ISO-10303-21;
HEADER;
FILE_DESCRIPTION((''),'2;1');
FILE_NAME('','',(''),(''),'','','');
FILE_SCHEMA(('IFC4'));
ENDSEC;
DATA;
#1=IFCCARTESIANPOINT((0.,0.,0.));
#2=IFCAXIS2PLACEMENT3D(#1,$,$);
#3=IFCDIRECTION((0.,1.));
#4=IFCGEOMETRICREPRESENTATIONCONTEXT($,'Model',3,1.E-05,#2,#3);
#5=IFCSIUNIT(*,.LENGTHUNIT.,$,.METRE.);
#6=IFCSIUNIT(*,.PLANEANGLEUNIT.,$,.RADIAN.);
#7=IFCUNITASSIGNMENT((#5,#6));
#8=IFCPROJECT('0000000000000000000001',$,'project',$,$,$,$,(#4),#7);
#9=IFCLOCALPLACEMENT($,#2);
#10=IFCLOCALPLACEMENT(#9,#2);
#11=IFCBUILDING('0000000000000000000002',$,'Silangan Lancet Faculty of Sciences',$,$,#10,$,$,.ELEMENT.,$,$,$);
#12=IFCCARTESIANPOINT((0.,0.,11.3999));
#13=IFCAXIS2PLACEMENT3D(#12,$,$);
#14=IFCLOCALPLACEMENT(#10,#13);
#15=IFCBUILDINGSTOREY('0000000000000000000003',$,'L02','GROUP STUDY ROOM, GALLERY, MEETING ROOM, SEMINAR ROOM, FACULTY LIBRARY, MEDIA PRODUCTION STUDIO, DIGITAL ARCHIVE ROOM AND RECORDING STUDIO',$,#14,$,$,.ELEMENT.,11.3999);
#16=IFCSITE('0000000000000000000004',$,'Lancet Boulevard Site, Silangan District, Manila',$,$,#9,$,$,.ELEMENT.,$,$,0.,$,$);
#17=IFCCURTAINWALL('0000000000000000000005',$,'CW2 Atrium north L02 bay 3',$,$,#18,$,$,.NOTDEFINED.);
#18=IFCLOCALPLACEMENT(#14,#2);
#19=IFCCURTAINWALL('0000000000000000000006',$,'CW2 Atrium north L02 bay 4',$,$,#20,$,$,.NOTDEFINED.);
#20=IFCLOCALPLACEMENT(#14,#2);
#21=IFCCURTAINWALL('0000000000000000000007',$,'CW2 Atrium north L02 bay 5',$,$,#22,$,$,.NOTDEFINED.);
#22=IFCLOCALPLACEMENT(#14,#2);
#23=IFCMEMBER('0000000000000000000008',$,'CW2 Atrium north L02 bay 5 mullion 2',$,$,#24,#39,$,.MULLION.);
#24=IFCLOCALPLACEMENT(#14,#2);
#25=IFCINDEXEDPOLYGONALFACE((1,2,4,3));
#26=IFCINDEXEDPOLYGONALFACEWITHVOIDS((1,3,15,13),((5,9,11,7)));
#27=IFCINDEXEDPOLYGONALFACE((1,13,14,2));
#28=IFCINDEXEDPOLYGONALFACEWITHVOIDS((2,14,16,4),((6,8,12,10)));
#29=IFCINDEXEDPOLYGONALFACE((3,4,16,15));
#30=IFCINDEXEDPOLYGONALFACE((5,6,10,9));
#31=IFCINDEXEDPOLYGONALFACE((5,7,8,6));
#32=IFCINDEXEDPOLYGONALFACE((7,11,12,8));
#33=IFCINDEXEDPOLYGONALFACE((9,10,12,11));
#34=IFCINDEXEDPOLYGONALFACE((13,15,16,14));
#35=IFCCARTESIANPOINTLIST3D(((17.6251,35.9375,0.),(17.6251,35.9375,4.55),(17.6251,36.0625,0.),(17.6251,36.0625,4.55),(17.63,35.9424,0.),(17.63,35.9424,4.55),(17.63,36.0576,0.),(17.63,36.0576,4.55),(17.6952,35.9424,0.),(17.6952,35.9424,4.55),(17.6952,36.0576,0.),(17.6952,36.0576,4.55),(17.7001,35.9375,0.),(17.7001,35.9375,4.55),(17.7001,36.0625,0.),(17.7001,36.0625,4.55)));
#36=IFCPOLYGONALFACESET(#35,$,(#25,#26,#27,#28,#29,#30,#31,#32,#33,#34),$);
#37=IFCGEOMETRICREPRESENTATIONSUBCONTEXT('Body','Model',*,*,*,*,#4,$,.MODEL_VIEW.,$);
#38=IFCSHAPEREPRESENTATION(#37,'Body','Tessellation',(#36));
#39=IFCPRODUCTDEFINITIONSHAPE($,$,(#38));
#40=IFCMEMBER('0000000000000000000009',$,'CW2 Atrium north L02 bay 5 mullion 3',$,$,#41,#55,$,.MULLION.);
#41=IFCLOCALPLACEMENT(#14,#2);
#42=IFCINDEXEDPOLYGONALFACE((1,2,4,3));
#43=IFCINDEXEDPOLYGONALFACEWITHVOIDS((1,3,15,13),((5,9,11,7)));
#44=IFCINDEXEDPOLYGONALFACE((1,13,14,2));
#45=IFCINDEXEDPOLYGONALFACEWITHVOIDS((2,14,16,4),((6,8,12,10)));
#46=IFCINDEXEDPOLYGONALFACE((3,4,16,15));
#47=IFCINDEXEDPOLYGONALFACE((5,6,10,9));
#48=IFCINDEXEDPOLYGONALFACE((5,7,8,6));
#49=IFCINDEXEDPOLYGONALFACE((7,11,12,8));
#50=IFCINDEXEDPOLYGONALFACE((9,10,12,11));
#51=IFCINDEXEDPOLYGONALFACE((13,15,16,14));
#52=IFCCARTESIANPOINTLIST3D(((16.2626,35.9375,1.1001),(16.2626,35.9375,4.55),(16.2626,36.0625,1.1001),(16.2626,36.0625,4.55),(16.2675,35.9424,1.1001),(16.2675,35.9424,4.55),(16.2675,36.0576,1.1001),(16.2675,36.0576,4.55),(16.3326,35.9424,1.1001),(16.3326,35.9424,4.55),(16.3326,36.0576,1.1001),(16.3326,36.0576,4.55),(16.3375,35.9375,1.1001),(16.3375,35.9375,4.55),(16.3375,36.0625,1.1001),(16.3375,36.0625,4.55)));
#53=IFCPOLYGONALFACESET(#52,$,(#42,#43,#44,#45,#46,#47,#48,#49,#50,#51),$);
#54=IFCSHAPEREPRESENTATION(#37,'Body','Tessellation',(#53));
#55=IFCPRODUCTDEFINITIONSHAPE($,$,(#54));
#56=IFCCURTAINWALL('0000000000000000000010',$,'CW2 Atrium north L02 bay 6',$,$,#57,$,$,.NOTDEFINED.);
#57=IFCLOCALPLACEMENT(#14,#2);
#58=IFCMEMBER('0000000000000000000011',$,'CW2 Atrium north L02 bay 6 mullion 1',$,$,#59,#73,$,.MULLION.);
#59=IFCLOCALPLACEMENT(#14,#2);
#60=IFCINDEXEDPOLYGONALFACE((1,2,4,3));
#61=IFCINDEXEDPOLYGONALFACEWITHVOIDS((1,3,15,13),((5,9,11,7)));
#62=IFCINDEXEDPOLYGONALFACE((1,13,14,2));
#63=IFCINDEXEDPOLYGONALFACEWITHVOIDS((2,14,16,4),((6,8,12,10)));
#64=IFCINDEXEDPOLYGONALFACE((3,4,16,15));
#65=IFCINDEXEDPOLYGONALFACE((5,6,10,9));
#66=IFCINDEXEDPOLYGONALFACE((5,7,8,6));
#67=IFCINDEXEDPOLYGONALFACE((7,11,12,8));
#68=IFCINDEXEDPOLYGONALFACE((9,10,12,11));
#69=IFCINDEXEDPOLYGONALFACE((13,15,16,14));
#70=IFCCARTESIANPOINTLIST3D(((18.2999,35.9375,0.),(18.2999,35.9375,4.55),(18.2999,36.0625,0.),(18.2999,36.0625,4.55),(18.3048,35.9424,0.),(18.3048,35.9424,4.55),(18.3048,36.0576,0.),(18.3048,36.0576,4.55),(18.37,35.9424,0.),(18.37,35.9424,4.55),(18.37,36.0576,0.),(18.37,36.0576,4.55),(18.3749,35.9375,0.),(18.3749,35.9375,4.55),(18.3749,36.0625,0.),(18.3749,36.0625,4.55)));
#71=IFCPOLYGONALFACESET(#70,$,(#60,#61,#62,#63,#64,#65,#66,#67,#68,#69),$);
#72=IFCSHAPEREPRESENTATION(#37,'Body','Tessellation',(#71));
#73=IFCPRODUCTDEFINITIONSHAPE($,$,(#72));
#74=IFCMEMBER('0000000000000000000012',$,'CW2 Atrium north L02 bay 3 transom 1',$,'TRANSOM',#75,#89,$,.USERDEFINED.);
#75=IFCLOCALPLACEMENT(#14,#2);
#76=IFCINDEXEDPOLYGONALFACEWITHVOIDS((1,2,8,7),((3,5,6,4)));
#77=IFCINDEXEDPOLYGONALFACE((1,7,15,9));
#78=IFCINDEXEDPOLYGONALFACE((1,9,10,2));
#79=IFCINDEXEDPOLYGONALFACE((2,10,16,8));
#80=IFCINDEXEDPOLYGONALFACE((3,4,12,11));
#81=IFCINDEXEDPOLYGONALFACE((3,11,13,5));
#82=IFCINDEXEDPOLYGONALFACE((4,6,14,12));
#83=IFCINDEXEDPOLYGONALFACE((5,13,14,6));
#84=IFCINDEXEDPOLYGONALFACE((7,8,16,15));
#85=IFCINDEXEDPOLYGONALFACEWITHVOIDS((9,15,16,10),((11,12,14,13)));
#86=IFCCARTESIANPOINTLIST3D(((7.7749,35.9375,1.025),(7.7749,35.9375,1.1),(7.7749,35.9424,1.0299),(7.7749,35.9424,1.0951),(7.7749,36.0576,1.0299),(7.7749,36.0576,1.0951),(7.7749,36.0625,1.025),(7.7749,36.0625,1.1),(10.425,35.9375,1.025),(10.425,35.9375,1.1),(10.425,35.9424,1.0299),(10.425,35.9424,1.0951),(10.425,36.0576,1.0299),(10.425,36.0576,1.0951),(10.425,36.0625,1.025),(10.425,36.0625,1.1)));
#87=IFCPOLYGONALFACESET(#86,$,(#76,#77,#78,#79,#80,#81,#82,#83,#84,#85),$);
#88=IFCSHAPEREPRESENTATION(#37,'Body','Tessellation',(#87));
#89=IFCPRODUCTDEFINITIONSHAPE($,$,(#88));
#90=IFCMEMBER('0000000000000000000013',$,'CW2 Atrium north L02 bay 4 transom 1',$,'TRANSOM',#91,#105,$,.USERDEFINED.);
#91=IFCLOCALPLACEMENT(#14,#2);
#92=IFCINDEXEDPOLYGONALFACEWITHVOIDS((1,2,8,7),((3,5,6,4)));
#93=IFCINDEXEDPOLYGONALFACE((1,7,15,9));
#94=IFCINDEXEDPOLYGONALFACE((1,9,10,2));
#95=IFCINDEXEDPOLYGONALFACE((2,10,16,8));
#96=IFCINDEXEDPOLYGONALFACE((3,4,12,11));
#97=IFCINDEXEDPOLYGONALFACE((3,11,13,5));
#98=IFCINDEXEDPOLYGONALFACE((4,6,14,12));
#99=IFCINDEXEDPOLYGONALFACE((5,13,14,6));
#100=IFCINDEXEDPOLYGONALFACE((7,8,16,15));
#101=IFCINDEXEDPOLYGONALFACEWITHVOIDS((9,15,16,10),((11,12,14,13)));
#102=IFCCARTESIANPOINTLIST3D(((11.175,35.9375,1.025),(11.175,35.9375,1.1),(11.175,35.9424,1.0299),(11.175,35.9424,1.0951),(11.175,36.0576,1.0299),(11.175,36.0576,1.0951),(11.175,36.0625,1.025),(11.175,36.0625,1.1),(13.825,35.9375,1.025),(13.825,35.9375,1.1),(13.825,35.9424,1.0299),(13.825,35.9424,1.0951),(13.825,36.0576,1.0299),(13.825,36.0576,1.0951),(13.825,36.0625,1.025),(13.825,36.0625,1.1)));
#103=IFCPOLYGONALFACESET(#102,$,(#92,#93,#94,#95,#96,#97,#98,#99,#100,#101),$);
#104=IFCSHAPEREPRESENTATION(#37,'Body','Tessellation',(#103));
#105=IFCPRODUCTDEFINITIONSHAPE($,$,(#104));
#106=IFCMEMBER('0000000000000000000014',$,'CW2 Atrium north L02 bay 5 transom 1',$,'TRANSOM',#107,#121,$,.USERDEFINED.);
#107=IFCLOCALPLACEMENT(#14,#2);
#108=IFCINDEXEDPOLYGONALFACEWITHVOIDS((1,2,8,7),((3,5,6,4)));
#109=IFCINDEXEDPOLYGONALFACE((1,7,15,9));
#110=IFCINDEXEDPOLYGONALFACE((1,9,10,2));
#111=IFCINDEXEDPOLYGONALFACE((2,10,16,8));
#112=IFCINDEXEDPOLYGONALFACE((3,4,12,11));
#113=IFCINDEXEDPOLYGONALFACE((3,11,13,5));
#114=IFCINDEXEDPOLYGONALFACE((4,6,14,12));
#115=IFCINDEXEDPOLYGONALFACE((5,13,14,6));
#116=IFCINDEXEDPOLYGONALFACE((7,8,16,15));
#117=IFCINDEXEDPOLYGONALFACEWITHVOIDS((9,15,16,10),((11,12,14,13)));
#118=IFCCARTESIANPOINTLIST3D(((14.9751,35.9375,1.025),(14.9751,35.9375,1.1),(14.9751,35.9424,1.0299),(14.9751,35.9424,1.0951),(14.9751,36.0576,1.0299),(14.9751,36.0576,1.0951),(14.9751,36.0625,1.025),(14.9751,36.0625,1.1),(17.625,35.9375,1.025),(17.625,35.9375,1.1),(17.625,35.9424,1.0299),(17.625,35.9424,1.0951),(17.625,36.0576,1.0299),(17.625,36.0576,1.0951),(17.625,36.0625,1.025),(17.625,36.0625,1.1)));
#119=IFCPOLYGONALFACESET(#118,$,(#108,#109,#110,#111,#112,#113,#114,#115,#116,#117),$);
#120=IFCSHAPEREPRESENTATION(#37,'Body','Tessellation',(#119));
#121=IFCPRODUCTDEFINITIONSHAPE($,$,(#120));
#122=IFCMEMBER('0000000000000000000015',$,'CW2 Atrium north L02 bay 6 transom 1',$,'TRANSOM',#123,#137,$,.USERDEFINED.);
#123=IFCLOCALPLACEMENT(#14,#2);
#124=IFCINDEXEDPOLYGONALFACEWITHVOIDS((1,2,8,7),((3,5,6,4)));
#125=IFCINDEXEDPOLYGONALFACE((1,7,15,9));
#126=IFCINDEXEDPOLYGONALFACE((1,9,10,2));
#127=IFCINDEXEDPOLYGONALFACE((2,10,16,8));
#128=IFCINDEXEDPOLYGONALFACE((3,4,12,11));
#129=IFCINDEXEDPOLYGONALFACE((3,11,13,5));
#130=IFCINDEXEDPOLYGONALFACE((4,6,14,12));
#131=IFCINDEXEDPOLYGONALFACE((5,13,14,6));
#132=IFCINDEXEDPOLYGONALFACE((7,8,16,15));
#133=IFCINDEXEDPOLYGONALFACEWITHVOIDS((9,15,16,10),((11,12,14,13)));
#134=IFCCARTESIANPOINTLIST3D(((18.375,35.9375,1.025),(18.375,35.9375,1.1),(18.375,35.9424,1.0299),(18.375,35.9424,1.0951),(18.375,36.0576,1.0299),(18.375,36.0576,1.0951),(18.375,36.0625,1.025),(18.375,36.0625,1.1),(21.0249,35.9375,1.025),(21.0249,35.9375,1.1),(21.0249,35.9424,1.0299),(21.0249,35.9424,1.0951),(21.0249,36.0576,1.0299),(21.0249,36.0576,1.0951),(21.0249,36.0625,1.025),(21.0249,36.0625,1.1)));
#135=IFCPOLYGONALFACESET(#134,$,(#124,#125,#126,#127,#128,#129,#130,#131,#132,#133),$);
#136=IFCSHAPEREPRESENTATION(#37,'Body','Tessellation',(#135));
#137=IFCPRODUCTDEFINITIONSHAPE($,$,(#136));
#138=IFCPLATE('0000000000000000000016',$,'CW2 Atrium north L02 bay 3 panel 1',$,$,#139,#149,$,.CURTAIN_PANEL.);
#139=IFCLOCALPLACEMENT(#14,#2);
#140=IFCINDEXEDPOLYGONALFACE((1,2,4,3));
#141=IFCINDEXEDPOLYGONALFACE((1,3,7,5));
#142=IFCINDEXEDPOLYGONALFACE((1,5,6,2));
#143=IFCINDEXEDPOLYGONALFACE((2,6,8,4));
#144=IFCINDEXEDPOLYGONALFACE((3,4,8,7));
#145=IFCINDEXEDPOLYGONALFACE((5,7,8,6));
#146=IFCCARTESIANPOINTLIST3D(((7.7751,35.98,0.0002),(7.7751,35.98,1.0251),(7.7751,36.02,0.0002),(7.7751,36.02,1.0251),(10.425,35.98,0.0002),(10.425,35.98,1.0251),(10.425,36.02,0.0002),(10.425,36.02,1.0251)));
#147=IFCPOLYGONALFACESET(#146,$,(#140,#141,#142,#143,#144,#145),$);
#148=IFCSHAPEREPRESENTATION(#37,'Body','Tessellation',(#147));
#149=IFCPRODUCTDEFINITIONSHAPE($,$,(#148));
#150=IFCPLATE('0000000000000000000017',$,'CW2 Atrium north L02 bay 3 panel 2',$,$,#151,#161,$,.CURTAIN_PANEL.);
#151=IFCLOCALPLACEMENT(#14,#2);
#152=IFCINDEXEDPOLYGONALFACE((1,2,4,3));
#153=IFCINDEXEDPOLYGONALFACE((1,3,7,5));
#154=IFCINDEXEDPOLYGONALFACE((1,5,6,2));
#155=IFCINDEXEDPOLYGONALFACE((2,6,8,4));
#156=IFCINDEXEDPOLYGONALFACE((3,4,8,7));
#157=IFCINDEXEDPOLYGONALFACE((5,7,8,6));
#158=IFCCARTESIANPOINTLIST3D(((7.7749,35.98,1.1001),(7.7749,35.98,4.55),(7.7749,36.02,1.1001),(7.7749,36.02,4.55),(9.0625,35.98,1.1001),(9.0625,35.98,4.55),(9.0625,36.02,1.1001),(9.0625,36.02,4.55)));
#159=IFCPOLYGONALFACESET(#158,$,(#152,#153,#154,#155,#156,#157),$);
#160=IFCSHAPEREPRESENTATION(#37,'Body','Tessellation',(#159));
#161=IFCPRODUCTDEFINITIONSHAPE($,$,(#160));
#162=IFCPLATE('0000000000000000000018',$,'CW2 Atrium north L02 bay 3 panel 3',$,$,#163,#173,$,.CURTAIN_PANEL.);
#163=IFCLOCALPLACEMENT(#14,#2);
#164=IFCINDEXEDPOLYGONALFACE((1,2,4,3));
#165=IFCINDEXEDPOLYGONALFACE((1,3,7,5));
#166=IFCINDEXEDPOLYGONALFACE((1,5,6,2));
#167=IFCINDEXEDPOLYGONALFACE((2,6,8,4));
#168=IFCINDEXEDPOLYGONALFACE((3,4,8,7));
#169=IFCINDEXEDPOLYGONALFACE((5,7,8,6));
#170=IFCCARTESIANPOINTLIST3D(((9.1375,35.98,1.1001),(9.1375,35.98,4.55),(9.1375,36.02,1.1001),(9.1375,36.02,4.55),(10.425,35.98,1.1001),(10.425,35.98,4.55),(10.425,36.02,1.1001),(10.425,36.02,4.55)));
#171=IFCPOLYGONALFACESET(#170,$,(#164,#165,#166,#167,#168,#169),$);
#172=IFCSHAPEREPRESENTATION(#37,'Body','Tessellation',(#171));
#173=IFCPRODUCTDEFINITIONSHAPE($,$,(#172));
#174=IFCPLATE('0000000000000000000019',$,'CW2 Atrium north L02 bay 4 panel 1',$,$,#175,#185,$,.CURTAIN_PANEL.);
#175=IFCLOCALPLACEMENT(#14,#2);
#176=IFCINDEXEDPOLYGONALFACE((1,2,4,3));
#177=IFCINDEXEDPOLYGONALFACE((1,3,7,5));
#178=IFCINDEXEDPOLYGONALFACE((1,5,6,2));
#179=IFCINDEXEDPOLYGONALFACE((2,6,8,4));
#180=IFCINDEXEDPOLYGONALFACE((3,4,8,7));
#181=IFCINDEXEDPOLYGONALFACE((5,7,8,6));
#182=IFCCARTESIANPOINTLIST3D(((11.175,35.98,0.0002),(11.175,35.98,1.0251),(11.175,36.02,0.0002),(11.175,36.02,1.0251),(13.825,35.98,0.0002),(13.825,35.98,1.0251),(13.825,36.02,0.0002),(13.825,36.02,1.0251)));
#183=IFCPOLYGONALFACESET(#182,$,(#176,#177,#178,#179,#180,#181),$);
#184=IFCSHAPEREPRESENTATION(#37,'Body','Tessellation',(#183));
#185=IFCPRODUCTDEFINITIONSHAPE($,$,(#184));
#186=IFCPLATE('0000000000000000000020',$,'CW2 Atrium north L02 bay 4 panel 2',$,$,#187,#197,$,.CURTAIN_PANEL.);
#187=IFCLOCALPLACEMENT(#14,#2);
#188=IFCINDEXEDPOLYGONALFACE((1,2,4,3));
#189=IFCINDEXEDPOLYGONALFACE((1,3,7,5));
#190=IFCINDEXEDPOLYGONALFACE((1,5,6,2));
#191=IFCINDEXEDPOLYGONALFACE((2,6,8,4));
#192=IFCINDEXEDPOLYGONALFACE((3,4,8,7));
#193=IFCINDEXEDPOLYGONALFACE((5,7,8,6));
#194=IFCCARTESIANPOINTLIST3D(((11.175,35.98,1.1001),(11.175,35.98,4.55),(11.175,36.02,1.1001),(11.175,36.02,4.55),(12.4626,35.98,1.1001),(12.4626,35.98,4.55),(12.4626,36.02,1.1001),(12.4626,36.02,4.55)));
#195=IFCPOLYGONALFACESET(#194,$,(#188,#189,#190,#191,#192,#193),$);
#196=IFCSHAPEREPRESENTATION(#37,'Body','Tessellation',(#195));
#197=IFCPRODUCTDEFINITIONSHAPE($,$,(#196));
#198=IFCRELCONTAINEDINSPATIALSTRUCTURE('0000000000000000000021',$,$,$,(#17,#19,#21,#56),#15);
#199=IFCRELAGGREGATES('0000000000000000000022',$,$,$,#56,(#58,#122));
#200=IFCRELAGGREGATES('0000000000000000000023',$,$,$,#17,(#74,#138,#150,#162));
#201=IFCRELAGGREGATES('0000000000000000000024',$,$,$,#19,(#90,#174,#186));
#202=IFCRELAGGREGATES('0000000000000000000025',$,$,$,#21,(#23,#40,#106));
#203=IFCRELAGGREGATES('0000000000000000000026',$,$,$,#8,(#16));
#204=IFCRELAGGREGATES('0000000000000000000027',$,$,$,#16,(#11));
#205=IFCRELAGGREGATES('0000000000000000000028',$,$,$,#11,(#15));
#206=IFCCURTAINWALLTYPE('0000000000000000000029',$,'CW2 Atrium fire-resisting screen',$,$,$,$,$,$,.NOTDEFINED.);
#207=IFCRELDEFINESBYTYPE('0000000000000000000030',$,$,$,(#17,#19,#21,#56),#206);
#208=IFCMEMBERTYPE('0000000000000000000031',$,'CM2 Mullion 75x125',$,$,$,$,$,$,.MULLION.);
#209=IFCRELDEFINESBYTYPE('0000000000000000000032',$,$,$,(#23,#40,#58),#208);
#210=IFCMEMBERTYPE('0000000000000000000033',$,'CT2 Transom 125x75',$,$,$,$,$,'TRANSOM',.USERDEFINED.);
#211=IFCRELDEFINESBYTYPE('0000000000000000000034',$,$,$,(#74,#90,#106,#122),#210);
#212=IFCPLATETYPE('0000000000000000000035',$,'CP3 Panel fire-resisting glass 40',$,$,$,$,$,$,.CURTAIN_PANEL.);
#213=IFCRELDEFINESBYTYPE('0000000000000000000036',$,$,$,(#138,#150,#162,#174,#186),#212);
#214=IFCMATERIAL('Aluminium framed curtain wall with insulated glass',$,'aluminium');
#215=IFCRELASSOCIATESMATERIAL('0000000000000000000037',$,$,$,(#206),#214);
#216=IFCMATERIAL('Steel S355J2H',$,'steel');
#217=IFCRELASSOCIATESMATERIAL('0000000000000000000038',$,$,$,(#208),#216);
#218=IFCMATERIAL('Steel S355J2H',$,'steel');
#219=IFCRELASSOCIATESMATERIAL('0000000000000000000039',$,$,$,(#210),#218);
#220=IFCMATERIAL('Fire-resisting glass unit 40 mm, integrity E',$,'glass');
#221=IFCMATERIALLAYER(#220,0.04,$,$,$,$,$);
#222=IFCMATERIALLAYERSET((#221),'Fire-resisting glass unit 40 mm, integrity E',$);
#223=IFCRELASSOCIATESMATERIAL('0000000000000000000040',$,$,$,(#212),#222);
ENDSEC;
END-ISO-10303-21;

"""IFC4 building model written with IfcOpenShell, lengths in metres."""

from ifc_helpers import new_model, si_unit, direction, frame, origin, origin_2d, place, context, subcontext, project, spatial, rectangle, hollow_rectangle, extrude, material, layer, layer_set, material_profile, profile_set, type_object, element, aggregate, save


model = new_model("IFC4")

# Units and contexts
model_context = context("Model", 3, precision=1e-05, world=origin(), true_north=direction((0.0, 1.0)))
body_context = subcontext(model_context, "Body", "Model", "MODEL_VIEW")
ifc_project = project(units=[si_unit("LENGTHUNIT", "METRE"), si_unit("PLANEANGLEUNIT", "RADIAN")], contexts=[model_context])

# Site, building, storey
site_placement = place(None, origin())
site = spatial("IfcSite", under=ifc_project, at=site_placement, Name="Lancet Boulevard Site, Silangan District, Manila", CompositionType="ELEMENT", RefElevation=0.0)
building_placement = place(site_placement, origin())
building = spatial("IfcBuilding", under=site, at=building_placement, Name="Silangan Lancet Faculty of Sciences", CompositionType="ELEMENT")
storey_placement = place(building_placement, frame((0.0, 0.0, 11.3999)))
storey = spatial("IfcBuildingStorey", under=building, at=storey_placement, Name="L02", Description="GROUP STUDY ROOM, GALLERY, MEETING ROOM, SEMINAR ROOM, FACULTY LIBRARY, MEDIA PRODUCTION STUDIO, DIGITAL ARCHIVE ROOM AND RECORDING STUDIO", CompositionType="ELEMENT", Elevation=11.3999)

# Curtain walls, members
ifc_material_1 = material(Name="Aluminium framed curtain wall with insulated glass", Category="aluminium")
curtain_wall_type = type_object("IfcCurtainWallType", Name="CW2 Atrium fire-resisting screen", PredefinedType="NOTDEFINED", material=ifc_material_1)
curtain_wall_1_placement = place(storey_placement, origin())
curtain_wall_1 = element("IfcCurtainWall", 1, at=curtain_wall_1_placement, inside=storey, type_object=curtain_wall_type, Name="CW2 Atrium north L02 bay 3", PredefinedType="NOTDEFINED")
ifc_material_2 = material(Name="Steel S355J2H", Category="steel")
ifc_material_profile_1 = material_profile(ifc_material_2, hollow_rectangle(XDim=0.075, YDim=0.125, WallThickness=0.0049, at=origin_2d()), Name="ST BOX 75x125x5")
ifc_profile_set_1 = profile_set([ifc_material_profile_1], Name="Steel S355J2H")
member_type_1 = type_object("IfcMemberType", Name="CM2 Mullion 75x125", PredefinedType="MULLION", material=ifc_profile_set_1)
curtain_wall_2_placement = place(storey_placement, origin())
curtain_wall_2 = element("IfcCurtainWall", 2, at=curtain_wall_2_placement, inside=storey, type_object=curtain_wall_type, Name="CW2 Atrium north L02 bay 4", PredefinedType="NOTDEFINED")
curtain_wall_3_placement = place(storey_placement, origin())
curtain_wall_3 = element("IfcCurtainWall", 3, at=curtain_wall_3_placement, inside=storey, type_object=curtain_wall_type, Name="CW2 Atrium north L02 bay 5", PredefinedType="NOTDEFINED")
member_1_placement = place(storey_placement, frame((17.6626, 36.0, 0.0), z_axis=(0.0, 0.0, 1.0), x_axis=(1.0, 0.0, 0.0)))
member_1 = element("IfcMember", 4, at=member_1_placement, type_object=member_type_1, Name="CW2 Atrium north L02 bay 5 mullion 2", PredefinedType="MULLION", context=body_context, shape_type="SweptSolid", body=[
    extrude(hollow_rectangle(XDim=0.075, YDim=0.125, WallThickness=0.0049, at=origin_2d()), origin(), (0.0, 0.0, 1.0), 4.55),
])
member_2_placement = place(storey_placement, frame((16.3, 36.0, 1.1001), z_axis=(0.0, 0.0, 1.0), x_axis=(1.0, 0.0, 0.0)))
member_2 = element("IfcMember", 5, at=member_2_placement, type_object=member_type_1, Name="CW2 Atrium north L02 bay 5 mullion 3", PredefinedType="MULLION", context=body_context, shape_type="SweptSolid", body=[
    extrude(hollow_rectangle(XDim=0.075, YDim=0.125, WallThickness=0.0049, at=origin_2d()), origin(), (0.0, 0.0, 1.0), 3.45),
])

# Curtain wall, member
curtain_wall_4_placement = place(storey_placement, origin())
curtain_wall_4 = element("IfcCurtainWall", 6, at=curtain_wall_4_placement, inside=storey, type_object=curtain_wall_type, Name="CW2 Atrium north L02 bay 6", PredefinedType="NOTDEFINED")
member_3_placement = place(storey_placement, frame((18.3374, 36.0, 0.0), z_axis=(0.0, 0.0, 1.0), x_axis=(1.0, 0.0, 0.0)))
member_3 = element("IfcMember", 7, at=member_3_placement, type_object=member_type_1, Name="CW2 Atrium north L02 bay 6 mullion 1", PredefinedType="MULLION", context=body_context, shape_type="SweptSolid", body=[
    extrude(hollow_rectangle(XDim=0.075, YDim=0.125, WallThickness=0.0049, at=origin_2d()), origin(), (0.0, 0.0, 1.0), 4.55),
])

# Members
ifc_material_3 = material(Name="Steel S355J2H", Category="steel")
ifc_material_profile_2 = material_profile(ifc_material_3, hollow_rectangle(XDim=0.125, YDim=0.075, WallThickness=0.0049, at=origin_2d()), Name="ST BOX 125x75x5")
ifc_profile_set_2 = profile_set([ifc_material_profile_2], Name="Steel S355J2H")
member_type_2 = type_object("IfcMemberType", Name="CT2 Transom 125x75", ElementType="TRANSOM", PredefinedType="USERDEFINED", material=ifc_profile_set_2)
member_4_placement = place(storey_placement, frame((7.7749, 36.0, 1.0625), z_axis=(1.0, 0.0, 0.0), x_axis=(0.0, 1.0, 0.0)))
member_4 = element("IfcMember", 8, at=member_4_placement, type_object=member_type_2, Name="CW2 Atrium north L02 bay 3 transom 1", ObjectType="TRANSOM", PredefinedType="USERDEFINED", context=body_context, shape_type="SweptSolid", body=[
    extrude(hollow_rectangle(XDim=0.125, YDim=0.075, WallThickness=0.0049, at=origin_2d()), origin(), (0.0, 0.0, 1.0), 2.6501),
])
member_5_placement = place(storey_placement, frame((11.175, 36.0, 1.0625), z_axis=(1.0, 0.0, 0.0), x_axis=(0.0, 1.0, 0.0)))
member_5 = element("IfcMember", 9, at=member_5_placement, type_object=member_type_2, Name="CW2 Atrium north L02 bay 4 transom 1", ObjectType="TRANSOM", PredefinedType="USERDEFINED", context=body_context, shape_type="SweptSolid", body=[
    extrude(hollow_rectangle(XDim=0.125, YDim=0.075, WallThickness=0.0049, at=origin_2d()), origin(), (0.0, 0.0, 1.0), 2.6499),
])
member_6_placement = place(storey_placement, frame((14.9751, 36.0, 1.0625), z_axis=(1.0, 0.0, 0.0), x_axis=(0.0, 1.0, 0.0)))
member_6 = element("IfcMember", 10, at=member_6_placement, type_object=member_type_2, Name="CW2 Atrium north L02 bay 5 transom 1", ObjectType="TRANSOM", PredefinedType="USERDEFINED", context=body_context, shape_type="SweptSolid", body=[
    extrude(hollow_rectangle(XDim=0.125, YDim=0.075, WallThickness=0.0049, at=origin_2d()), origin(), (0.0, 0.0, 1.0), 2.6499),
])
member_7_placement = place(storey_placement, frame((18.375, 36.0, 1.0625), z_axis=(1.0, 0.0, 0.0), x_axis=(0.0, 1.0, 0.0)))
member_7 = element("IfcMember", 11, at=member_7_placement, type_object=member_type_2, Name="CW2 Atrium north L02 bay 6 transom 1", ObjectType="TRANSOM", PredefinedType="USERDEFINED", context=body_context, shape_type="SweptSolid", body=[
    extrude(hollow_rectangle(XDim=0.125, YDim=0.075, WallThickness=0.0049, at=origin_2d()), origin(), (0.0, 0.0, 1.0), 2.6499),
])
aggregate(curtain_wall_4, [member_3, member_7])

# Plates
ifc_material_4 = material(Name="Fire-resisting glass unit 40 mm, integrity E", Category="glass")
ifc_layer_1 = layer(ifc_material_4, 0.04)
ifc_layer_set_1 = layer_set([ifc_layer_1], Name="Fire-resisting glass unit 40 mm, integrity E")
plate_type = type_object("IfcPlateType", Name="CP3 Panel fire-resisting glass 40", PredefinedType="CURTAIN_PANEL", material=ifc_layer_set_1)
plate_1_placement = place(storey_placement, frame((9.1001, 36.0, 0.0002), z_axis=(0.0, 0.0, 1.0), x_axis=(1.0, 0.0, 0.0)))
plate_1 = element("IfcPlate", 12, at=plate_1_placement, type_object=plate_type, Name="CW2 Atrium north L02 bay 3 panel 1", PredefinedType="CURTAIN_PANEL", context=body_context, shape_type="SweptSolid", body=[
    extrude(rectangle(XDim=2.6499, YDim=0.04, at=origin_2d()), origin(), (0.0, 0.0, 1.0), 1.0249),
])
plate_2_placement = place(storey_placement, frame((8.4187, 36.0, 1.1001), z_axis=(0.0, 0.0, 1.0), x_axis=(1.0, 0.0, 0.0)))
plate_2 = element("IfcPlate", 13, at=plate_2_placement, type_object=plate_type, Name="CW2 Atrium north L02 bay 3 panel 2", PredefinedType="CURTAIN_PANEL", context=body_context, shape_type="SweptSolid", body=[
    extrude(rectangle(XDim=1.2876, YDim=0.04, at=origin_2d()), origin(), (0.0, 0.0, 1.0), 3.45),
])
plate_3_placement = place(storey_placement, frame((9.7812, 36.0, 1.1001), z_axis=(0.0, 0.0, 1.0), x_axis=(1.0, 0.0, 0.0)))
plate_3 = element("IfcPlate", 14, at=plate_3_placement, type_object=plate_type, Name="CW2 Atrium north L02 bay 3 panel 3", PredefinedType="CURTAIN_PANEL", context=body_context, shape_type="SweptSolid", body=[
    extrude(rectangle(XDim=1.2876, YDim=0.04, at=origin_2d()), origin(), (0.0, 0.0, 1.0), 3.45),
])
aggregate(curtain_wall_1, [member_4, plate_1, plate_2, plate_3])
plate_4_placement = place(storey_placement, frame((12.5, 36.0, 0.0002), z_axis=(0.0, 0.0, 1.0), x_axis=(1.0, 0.0, 0.0)))
plate_4 = element("IfcPlate", 15, at=plate_4_placement, type_object=plate_type, Name="CW2 Atrium north L02 bay 4 panel 1", PredefinedType="CURTAIN_PANEL", context=body_context, shape_type="SweptSolid", body=[
    extrude(rectangle(XDim=2.6499, YDim=0.04, at=origin_2d()), origin(), (0.0, 0.0, 1.0), 1.0249),
])
plate_5_placement = place(storey_placement, frame((11.8188, 36.0, 1.1001), z_axis=(0.0, 0.0, 1.0), x_axis=(1.0, 0.0, 0.0)))
plate_5 = element("IfcPlate", 16, at=plate_5_placement, type_object=plate_type, Name="CW2 Atrium north L02 bay 4 panel 2", PredefinedType="CURTAIN_PANEL", context=body_context, shape_type="SweptSolid", body=[
    extrude(rectangle(XDim=1.2876, YDim=0.04, at=origin_2d()), origin(), (0.0, 0.0, 1.0), 3.45),
])
aggregate(curtain_wall_2, [member_5, plate_4, plate_5])
aggregate(curtain_wall_3, [member_1, member_2, member_6])

save(model, "model.ifc")
